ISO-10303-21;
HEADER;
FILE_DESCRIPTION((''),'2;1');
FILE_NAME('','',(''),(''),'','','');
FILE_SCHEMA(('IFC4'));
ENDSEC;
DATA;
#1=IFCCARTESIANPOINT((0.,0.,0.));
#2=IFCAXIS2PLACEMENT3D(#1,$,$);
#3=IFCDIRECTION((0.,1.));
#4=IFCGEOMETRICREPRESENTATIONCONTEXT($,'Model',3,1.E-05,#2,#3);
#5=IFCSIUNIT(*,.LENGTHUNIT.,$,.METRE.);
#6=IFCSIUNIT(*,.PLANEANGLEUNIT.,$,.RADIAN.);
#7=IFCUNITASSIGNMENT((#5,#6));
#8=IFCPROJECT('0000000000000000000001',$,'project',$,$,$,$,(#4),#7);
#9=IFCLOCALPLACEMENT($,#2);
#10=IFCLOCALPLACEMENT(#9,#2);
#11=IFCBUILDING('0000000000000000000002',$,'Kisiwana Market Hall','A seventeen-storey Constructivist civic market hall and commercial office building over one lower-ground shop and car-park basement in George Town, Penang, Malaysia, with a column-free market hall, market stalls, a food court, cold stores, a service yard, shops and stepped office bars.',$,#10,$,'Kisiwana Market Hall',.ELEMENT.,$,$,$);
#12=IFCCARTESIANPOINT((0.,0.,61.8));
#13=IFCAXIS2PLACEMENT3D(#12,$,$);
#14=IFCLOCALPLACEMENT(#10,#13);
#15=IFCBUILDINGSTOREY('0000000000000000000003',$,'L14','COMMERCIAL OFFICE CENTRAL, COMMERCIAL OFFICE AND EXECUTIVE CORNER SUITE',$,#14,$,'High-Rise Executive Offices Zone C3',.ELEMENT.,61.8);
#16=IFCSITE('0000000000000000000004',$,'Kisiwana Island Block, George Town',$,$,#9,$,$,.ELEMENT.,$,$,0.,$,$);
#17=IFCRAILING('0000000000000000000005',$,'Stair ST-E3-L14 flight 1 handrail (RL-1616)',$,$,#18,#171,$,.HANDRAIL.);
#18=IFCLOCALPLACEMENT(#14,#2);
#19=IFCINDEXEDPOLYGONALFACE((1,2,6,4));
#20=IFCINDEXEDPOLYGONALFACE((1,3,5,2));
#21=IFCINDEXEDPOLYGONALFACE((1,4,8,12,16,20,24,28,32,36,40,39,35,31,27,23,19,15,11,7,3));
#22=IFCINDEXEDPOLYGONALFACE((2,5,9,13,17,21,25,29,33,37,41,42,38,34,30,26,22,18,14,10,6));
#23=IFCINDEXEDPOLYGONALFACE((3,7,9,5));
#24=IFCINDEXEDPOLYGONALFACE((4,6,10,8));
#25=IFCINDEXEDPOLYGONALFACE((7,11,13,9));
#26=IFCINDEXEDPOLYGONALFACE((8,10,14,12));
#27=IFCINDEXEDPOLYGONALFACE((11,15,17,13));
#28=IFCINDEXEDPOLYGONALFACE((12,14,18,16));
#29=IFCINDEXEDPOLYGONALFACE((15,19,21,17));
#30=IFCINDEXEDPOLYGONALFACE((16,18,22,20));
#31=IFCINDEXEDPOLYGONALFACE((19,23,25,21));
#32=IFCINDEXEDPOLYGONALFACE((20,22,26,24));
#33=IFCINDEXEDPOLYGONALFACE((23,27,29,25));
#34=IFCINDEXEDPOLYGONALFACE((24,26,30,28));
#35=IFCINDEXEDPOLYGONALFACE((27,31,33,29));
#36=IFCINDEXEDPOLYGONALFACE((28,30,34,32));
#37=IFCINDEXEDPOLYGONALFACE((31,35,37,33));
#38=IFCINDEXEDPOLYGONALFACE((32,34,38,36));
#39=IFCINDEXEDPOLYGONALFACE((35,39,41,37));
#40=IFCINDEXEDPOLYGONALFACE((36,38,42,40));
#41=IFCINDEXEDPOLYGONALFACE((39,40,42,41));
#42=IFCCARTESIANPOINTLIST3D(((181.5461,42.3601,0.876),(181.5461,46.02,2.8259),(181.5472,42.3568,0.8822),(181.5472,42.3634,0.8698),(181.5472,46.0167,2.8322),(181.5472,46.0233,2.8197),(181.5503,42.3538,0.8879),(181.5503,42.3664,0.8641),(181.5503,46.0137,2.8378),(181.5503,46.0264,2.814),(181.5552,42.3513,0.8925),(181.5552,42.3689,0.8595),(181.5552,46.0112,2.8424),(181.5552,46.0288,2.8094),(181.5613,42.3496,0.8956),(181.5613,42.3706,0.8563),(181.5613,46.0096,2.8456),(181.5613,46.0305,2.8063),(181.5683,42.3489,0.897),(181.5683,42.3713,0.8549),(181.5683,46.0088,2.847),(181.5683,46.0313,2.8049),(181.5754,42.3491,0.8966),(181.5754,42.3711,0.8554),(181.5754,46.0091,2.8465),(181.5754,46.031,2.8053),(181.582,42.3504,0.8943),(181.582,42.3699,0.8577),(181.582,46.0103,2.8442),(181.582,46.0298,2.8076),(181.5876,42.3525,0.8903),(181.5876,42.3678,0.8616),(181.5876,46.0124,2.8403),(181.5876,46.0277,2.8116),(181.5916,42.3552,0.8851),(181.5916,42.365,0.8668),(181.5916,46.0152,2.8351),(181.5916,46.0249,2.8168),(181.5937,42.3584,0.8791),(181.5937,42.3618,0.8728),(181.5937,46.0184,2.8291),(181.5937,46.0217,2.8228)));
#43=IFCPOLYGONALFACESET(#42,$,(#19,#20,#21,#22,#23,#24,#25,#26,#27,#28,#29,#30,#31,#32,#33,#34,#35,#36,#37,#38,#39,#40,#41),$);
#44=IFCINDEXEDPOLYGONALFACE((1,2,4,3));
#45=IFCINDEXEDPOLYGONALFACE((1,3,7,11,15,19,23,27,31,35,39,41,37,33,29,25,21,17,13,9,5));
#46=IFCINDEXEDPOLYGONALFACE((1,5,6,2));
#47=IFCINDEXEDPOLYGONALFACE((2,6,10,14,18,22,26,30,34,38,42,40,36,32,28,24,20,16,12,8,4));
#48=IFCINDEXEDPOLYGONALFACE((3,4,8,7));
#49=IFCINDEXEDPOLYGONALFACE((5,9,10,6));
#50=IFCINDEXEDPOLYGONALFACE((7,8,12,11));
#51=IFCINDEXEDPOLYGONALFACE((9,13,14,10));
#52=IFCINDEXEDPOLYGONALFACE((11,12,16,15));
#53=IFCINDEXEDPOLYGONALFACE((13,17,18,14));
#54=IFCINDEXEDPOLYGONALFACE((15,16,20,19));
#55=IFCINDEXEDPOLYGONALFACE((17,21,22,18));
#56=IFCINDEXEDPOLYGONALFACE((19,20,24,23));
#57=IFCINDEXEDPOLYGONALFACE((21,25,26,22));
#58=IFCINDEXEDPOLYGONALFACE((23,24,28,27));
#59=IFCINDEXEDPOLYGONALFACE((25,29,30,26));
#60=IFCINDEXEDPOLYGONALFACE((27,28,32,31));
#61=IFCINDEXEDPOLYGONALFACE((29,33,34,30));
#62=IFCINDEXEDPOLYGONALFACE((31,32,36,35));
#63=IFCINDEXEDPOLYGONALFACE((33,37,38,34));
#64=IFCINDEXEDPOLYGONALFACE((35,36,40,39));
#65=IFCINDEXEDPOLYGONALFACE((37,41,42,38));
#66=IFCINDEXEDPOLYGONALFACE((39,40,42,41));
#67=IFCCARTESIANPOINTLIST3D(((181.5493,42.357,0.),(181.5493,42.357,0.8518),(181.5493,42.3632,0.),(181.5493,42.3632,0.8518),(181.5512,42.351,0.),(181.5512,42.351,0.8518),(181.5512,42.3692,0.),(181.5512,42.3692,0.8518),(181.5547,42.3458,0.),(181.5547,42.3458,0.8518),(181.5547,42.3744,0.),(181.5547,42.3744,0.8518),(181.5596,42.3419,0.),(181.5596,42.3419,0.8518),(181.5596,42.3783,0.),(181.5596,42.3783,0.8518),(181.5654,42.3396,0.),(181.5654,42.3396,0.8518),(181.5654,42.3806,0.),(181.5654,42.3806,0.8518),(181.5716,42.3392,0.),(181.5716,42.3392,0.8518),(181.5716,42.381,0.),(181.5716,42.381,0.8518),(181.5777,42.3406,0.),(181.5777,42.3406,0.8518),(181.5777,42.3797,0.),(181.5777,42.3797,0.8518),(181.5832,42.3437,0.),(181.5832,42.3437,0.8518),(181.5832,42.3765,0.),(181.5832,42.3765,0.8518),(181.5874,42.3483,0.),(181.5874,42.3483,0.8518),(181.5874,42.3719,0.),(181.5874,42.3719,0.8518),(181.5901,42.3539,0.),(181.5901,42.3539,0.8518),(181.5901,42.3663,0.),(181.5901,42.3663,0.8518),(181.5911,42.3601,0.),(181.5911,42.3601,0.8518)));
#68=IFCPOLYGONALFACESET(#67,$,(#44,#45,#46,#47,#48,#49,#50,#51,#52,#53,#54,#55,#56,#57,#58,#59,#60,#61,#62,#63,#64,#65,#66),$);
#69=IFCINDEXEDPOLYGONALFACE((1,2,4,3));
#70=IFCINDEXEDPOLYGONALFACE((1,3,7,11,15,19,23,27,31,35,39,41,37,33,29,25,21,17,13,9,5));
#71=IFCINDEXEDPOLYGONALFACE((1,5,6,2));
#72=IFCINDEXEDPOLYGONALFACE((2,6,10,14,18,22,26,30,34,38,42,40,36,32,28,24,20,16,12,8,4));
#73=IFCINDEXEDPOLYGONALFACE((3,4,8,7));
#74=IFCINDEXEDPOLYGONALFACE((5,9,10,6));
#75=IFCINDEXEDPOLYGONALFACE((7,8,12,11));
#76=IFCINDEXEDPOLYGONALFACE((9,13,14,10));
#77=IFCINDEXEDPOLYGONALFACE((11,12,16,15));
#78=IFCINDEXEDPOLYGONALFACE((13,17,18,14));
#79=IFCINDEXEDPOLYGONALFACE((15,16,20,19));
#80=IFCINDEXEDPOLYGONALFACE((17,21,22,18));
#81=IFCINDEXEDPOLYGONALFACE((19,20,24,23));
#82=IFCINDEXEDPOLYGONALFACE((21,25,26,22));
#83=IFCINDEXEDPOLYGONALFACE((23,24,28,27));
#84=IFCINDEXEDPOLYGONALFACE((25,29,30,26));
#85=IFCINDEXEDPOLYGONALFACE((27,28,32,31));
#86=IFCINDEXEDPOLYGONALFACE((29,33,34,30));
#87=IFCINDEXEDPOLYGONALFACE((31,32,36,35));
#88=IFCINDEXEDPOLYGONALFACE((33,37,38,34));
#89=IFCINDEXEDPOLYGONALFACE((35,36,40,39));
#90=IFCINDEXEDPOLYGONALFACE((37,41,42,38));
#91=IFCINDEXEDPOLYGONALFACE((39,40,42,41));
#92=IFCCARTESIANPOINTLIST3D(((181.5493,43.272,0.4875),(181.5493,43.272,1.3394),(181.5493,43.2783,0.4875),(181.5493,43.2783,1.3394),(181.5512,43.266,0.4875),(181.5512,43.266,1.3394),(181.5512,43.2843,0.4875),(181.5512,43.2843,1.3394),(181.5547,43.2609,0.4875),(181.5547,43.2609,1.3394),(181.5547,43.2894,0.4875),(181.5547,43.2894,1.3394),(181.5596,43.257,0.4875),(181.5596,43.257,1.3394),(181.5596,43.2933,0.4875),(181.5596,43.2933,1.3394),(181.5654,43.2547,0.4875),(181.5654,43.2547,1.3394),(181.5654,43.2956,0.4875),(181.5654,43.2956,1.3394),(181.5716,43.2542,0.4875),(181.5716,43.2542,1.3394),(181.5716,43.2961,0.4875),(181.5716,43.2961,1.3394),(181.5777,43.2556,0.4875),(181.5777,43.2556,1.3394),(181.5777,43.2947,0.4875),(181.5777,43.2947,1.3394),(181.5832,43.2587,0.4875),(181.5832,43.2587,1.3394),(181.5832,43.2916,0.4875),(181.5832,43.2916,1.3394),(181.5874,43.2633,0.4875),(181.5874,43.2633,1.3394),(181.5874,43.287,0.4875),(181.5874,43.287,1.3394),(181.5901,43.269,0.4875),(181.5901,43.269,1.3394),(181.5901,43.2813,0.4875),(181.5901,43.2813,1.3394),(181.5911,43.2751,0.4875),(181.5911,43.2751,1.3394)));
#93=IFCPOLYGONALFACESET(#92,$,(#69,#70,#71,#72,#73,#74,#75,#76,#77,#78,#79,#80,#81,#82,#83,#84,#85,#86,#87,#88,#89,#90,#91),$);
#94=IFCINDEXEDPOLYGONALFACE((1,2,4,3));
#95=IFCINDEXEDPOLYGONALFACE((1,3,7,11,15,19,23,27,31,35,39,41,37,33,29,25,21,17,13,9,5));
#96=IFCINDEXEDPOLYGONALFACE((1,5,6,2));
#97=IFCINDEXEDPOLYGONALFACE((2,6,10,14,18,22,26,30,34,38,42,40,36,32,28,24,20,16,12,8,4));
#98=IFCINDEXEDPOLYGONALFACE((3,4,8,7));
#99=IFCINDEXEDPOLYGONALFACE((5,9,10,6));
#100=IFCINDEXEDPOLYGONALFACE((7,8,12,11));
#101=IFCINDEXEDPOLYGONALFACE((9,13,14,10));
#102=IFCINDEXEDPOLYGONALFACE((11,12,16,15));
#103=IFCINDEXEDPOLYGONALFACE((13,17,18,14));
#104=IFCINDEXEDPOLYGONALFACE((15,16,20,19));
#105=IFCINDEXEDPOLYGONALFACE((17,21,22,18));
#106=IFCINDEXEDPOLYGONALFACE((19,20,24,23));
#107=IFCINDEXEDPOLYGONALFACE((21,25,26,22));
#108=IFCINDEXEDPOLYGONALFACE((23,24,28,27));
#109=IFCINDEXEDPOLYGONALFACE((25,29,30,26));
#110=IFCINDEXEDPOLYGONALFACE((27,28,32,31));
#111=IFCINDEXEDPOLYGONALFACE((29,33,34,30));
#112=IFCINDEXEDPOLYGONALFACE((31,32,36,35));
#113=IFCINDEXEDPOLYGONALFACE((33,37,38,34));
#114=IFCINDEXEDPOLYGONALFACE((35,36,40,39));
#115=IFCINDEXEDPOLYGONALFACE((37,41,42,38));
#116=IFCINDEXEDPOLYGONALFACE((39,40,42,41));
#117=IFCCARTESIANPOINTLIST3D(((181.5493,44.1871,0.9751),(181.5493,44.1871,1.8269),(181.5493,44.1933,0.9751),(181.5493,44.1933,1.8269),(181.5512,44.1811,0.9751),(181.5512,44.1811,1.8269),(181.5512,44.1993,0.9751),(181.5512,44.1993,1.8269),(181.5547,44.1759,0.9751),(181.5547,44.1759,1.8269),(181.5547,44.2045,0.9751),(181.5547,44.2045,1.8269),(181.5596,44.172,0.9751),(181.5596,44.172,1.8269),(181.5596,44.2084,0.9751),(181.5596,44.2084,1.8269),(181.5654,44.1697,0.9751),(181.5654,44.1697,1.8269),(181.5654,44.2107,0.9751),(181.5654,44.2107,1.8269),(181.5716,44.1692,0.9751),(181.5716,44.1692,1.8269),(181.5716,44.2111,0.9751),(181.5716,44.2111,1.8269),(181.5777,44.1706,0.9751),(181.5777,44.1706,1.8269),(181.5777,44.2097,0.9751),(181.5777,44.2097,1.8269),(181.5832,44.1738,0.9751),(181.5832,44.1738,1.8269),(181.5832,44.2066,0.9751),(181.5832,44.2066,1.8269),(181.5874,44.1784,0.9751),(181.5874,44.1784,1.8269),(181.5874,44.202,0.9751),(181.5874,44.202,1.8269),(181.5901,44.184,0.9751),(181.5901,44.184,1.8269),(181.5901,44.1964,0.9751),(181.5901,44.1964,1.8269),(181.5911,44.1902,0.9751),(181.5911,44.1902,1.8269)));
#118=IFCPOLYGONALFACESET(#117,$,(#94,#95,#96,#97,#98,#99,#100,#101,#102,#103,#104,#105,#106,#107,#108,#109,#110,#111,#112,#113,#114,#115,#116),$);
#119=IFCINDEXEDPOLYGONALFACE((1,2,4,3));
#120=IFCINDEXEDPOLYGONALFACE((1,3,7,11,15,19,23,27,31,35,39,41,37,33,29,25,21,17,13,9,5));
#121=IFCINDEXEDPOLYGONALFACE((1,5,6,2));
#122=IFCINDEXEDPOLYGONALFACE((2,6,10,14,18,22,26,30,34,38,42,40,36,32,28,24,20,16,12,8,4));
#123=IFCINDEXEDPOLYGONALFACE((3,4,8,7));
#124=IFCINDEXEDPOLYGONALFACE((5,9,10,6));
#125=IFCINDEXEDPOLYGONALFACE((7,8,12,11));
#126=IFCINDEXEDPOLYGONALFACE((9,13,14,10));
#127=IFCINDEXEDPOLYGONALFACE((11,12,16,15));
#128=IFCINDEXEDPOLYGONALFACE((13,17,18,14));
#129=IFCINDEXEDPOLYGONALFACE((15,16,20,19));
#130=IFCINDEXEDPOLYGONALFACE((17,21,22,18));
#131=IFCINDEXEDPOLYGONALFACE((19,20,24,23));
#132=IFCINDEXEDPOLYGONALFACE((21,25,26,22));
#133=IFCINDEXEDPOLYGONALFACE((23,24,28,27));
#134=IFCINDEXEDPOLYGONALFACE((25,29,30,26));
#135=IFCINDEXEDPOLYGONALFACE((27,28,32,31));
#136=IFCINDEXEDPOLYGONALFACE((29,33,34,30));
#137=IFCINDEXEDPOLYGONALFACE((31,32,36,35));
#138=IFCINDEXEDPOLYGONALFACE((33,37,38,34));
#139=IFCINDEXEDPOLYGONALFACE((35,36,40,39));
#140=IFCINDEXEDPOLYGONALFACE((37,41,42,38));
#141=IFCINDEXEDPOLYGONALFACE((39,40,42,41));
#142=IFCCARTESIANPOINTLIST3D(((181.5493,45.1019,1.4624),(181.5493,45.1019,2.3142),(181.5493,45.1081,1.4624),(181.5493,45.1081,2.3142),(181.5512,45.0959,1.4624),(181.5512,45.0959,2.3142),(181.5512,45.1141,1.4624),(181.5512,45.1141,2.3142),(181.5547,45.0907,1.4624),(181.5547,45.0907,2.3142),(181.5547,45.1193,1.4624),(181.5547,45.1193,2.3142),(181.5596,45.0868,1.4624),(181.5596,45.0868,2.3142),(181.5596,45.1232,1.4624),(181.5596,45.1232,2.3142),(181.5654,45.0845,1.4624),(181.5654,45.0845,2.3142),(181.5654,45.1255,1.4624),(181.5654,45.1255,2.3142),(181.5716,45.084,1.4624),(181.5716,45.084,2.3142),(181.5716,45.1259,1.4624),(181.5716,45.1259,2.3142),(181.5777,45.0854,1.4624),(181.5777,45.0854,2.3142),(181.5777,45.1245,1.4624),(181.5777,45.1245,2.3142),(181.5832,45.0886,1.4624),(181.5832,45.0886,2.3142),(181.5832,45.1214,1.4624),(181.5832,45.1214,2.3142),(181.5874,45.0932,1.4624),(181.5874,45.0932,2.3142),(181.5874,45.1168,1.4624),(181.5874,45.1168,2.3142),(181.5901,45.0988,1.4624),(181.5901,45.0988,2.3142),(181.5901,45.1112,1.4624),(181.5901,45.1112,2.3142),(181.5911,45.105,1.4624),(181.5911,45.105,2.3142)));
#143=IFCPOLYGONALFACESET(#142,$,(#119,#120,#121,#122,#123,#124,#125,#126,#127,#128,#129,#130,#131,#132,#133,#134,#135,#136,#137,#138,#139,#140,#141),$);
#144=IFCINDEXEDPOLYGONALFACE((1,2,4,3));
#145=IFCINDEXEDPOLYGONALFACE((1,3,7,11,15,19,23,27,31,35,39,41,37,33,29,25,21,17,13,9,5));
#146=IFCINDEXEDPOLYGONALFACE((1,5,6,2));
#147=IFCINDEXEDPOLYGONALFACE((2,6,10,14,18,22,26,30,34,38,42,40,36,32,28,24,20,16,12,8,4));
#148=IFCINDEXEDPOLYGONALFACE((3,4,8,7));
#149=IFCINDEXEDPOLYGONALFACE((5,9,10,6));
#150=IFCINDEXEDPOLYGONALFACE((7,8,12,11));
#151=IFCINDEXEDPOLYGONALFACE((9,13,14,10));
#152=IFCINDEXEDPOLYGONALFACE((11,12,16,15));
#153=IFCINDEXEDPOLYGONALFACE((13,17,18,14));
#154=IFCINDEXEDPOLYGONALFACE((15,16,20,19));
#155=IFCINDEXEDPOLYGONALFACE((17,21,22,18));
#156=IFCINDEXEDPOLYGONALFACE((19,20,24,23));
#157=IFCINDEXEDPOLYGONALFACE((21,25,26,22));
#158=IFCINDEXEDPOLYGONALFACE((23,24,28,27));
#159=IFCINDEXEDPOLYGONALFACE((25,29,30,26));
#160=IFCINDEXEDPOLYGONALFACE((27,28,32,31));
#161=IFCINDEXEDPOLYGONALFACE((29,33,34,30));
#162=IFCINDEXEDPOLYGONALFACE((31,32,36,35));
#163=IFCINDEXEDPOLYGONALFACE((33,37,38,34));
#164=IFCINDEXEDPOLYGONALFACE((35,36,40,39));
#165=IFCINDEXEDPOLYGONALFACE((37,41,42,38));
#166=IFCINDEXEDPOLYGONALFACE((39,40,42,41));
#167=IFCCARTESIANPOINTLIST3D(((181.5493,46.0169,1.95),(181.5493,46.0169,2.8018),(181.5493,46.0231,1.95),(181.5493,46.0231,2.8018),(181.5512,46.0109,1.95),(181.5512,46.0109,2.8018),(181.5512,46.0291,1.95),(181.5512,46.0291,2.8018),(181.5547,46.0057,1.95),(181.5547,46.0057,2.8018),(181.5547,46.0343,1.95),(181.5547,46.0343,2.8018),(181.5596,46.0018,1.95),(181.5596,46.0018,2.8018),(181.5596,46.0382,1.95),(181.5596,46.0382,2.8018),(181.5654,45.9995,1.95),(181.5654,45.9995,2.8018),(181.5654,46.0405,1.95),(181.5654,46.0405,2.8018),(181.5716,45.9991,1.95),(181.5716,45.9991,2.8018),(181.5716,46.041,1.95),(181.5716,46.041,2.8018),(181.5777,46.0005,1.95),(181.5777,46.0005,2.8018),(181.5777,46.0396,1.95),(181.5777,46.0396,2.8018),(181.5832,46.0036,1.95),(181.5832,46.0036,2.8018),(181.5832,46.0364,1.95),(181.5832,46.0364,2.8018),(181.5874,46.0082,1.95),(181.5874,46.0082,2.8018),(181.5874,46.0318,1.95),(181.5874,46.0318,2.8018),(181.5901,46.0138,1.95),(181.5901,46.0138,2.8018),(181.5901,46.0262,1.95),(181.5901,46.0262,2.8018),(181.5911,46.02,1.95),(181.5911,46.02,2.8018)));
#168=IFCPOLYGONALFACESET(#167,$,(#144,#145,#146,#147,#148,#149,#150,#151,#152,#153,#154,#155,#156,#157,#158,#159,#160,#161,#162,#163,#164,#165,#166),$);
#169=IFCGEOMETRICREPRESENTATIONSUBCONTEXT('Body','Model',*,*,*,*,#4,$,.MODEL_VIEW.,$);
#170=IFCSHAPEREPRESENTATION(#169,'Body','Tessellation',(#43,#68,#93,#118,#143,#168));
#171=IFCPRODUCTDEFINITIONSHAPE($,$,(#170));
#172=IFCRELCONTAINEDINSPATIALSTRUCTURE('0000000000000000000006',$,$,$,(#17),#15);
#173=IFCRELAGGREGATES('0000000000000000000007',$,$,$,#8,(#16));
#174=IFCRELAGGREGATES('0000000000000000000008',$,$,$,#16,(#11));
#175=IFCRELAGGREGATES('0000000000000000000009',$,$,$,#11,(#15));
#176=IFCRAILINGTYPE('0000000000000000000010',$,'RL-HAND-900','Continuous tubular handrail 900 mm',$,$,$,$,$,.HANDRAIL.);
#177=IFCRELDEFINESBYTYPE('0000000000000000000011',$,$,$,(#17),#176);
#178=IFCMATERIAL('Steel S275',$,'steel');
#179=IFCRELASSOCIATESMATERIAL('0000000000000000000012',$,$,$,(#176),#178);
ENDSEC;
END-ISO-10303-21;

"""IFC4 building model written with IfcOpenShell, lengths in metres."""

from ifc_helpers import new_model, si_unit, direction, frame, origin, origin_2d, place, context, subcontext, project, spatial, circle, extrude, material, type_object, element, save


model = new_model("IFC4")

# Units and contexts
model_context = context("Model", 3, precision=1e-05, world=origin(), true_north=direction((0.0, 1.0)))
body_context = subcontext(model_context, "Body", "Model", "MODEL_VIEW")
ifc_project = project(units=[si_unit("LENGTHUNIT", "METRE"), si_unit("PLANEANGLEUNIT", "RADIAN")], contexts=[model_context])

# Site, building, storey
site_placement = place(None, origin())
site = spatial("IfcSite", under=ifc_project, at=site_placement, Name="Kisiwana Island Block, George Town", CompositionType="ELEMENT", RefElevation=0.0)
building_placement = place(site_placement, origin())
building = spatial("IfcBuilding", under=site, at=building_placement, Name="Kisiwana Market Hall", Description="A seventeen-storey Constructivist civic market hall and commercial office building over one lower-ground shop and car-park basement in George Town, Penang, Malaysia, with a column-free market hall, market stalls, a food court, cold stores, a service yard, shops and stepped office bars.", LongName="Kisiwana Market Hall", CompositionType="ELEMENT")
storey_placement = place(building_placement, frame((0.0, 0.0, 61.8)))
storey = spatial("IfcBuildingStorey", under=building, at=storey_placement, Name="L14", Description="COMMERCIAL OFFICE CENTRAL, COMMERCIAL OFFICE AND EXECUTIVE CORNER SUITE", LongName="High-Rise Executive Offices Zone C3", CompositionType="ELEMENT", Elevation=61.8)

# Railing
ifc_material_1 = material(Name="Steel S275", Category="steel")
railing_type_1 = type_object("IfcRailingType", Name="RL-HAND-900", Description="Continuous tubular handrail 900 mm", PredefinedType="HANDRAIL", material=ifc_material_1)
railing_1_placement = place(storey_placement, frame((181.5701, 42.3601, 0.0)))
element("IfcRailing", 1, at=railing_1_placement, inside=storey, type_object=railing_type_1, Name="Stair ST-E3-L14 flight 1 handrail (RL-1616)", PredefinedType="HANDRAIL", context=body_context, shape_type="SweptSolid", body=[
    extrude(circle(Radius=0.0239, at=origin_2d()), frame((0.0, 0.0, 0.876), z_axis=(0.0, 0.882553, 0.470212), x_axis=(-1.0, 0.0, 0.0)), (0.0, 0.0, 1.0), 4.147),
    extrude(circle(Radius=0.021, at=origin_2d()), origin(), (0.0, 0.0, 1.0), 0.8518),
    extrude(circle(Radius=0.021, at=origin_2d()), frame((0.0, 0.915, 0.4875)), (0.0, 0.0, 1.0), 0.8518),
    extrude(circle(Radius=0.021, at=origin_2d()), frame((0.0, 1.8301, 0.9751)), (0.0, 0.0, 1.0), 0.8518),
    extrude(circle(Radius=0.021, at=origin_2d()), frame((0.0, 2.7449, 1.4624)), (0.0, 0.0, 1.0), 0.8518),
    extrude(circle(Radius=0.021, at=origin_2d()), frame((0.0, 3.6599, 1.95)), (0.0, 0.0, 1.0), 0.8518),
])

save(model, "model.ifc")
